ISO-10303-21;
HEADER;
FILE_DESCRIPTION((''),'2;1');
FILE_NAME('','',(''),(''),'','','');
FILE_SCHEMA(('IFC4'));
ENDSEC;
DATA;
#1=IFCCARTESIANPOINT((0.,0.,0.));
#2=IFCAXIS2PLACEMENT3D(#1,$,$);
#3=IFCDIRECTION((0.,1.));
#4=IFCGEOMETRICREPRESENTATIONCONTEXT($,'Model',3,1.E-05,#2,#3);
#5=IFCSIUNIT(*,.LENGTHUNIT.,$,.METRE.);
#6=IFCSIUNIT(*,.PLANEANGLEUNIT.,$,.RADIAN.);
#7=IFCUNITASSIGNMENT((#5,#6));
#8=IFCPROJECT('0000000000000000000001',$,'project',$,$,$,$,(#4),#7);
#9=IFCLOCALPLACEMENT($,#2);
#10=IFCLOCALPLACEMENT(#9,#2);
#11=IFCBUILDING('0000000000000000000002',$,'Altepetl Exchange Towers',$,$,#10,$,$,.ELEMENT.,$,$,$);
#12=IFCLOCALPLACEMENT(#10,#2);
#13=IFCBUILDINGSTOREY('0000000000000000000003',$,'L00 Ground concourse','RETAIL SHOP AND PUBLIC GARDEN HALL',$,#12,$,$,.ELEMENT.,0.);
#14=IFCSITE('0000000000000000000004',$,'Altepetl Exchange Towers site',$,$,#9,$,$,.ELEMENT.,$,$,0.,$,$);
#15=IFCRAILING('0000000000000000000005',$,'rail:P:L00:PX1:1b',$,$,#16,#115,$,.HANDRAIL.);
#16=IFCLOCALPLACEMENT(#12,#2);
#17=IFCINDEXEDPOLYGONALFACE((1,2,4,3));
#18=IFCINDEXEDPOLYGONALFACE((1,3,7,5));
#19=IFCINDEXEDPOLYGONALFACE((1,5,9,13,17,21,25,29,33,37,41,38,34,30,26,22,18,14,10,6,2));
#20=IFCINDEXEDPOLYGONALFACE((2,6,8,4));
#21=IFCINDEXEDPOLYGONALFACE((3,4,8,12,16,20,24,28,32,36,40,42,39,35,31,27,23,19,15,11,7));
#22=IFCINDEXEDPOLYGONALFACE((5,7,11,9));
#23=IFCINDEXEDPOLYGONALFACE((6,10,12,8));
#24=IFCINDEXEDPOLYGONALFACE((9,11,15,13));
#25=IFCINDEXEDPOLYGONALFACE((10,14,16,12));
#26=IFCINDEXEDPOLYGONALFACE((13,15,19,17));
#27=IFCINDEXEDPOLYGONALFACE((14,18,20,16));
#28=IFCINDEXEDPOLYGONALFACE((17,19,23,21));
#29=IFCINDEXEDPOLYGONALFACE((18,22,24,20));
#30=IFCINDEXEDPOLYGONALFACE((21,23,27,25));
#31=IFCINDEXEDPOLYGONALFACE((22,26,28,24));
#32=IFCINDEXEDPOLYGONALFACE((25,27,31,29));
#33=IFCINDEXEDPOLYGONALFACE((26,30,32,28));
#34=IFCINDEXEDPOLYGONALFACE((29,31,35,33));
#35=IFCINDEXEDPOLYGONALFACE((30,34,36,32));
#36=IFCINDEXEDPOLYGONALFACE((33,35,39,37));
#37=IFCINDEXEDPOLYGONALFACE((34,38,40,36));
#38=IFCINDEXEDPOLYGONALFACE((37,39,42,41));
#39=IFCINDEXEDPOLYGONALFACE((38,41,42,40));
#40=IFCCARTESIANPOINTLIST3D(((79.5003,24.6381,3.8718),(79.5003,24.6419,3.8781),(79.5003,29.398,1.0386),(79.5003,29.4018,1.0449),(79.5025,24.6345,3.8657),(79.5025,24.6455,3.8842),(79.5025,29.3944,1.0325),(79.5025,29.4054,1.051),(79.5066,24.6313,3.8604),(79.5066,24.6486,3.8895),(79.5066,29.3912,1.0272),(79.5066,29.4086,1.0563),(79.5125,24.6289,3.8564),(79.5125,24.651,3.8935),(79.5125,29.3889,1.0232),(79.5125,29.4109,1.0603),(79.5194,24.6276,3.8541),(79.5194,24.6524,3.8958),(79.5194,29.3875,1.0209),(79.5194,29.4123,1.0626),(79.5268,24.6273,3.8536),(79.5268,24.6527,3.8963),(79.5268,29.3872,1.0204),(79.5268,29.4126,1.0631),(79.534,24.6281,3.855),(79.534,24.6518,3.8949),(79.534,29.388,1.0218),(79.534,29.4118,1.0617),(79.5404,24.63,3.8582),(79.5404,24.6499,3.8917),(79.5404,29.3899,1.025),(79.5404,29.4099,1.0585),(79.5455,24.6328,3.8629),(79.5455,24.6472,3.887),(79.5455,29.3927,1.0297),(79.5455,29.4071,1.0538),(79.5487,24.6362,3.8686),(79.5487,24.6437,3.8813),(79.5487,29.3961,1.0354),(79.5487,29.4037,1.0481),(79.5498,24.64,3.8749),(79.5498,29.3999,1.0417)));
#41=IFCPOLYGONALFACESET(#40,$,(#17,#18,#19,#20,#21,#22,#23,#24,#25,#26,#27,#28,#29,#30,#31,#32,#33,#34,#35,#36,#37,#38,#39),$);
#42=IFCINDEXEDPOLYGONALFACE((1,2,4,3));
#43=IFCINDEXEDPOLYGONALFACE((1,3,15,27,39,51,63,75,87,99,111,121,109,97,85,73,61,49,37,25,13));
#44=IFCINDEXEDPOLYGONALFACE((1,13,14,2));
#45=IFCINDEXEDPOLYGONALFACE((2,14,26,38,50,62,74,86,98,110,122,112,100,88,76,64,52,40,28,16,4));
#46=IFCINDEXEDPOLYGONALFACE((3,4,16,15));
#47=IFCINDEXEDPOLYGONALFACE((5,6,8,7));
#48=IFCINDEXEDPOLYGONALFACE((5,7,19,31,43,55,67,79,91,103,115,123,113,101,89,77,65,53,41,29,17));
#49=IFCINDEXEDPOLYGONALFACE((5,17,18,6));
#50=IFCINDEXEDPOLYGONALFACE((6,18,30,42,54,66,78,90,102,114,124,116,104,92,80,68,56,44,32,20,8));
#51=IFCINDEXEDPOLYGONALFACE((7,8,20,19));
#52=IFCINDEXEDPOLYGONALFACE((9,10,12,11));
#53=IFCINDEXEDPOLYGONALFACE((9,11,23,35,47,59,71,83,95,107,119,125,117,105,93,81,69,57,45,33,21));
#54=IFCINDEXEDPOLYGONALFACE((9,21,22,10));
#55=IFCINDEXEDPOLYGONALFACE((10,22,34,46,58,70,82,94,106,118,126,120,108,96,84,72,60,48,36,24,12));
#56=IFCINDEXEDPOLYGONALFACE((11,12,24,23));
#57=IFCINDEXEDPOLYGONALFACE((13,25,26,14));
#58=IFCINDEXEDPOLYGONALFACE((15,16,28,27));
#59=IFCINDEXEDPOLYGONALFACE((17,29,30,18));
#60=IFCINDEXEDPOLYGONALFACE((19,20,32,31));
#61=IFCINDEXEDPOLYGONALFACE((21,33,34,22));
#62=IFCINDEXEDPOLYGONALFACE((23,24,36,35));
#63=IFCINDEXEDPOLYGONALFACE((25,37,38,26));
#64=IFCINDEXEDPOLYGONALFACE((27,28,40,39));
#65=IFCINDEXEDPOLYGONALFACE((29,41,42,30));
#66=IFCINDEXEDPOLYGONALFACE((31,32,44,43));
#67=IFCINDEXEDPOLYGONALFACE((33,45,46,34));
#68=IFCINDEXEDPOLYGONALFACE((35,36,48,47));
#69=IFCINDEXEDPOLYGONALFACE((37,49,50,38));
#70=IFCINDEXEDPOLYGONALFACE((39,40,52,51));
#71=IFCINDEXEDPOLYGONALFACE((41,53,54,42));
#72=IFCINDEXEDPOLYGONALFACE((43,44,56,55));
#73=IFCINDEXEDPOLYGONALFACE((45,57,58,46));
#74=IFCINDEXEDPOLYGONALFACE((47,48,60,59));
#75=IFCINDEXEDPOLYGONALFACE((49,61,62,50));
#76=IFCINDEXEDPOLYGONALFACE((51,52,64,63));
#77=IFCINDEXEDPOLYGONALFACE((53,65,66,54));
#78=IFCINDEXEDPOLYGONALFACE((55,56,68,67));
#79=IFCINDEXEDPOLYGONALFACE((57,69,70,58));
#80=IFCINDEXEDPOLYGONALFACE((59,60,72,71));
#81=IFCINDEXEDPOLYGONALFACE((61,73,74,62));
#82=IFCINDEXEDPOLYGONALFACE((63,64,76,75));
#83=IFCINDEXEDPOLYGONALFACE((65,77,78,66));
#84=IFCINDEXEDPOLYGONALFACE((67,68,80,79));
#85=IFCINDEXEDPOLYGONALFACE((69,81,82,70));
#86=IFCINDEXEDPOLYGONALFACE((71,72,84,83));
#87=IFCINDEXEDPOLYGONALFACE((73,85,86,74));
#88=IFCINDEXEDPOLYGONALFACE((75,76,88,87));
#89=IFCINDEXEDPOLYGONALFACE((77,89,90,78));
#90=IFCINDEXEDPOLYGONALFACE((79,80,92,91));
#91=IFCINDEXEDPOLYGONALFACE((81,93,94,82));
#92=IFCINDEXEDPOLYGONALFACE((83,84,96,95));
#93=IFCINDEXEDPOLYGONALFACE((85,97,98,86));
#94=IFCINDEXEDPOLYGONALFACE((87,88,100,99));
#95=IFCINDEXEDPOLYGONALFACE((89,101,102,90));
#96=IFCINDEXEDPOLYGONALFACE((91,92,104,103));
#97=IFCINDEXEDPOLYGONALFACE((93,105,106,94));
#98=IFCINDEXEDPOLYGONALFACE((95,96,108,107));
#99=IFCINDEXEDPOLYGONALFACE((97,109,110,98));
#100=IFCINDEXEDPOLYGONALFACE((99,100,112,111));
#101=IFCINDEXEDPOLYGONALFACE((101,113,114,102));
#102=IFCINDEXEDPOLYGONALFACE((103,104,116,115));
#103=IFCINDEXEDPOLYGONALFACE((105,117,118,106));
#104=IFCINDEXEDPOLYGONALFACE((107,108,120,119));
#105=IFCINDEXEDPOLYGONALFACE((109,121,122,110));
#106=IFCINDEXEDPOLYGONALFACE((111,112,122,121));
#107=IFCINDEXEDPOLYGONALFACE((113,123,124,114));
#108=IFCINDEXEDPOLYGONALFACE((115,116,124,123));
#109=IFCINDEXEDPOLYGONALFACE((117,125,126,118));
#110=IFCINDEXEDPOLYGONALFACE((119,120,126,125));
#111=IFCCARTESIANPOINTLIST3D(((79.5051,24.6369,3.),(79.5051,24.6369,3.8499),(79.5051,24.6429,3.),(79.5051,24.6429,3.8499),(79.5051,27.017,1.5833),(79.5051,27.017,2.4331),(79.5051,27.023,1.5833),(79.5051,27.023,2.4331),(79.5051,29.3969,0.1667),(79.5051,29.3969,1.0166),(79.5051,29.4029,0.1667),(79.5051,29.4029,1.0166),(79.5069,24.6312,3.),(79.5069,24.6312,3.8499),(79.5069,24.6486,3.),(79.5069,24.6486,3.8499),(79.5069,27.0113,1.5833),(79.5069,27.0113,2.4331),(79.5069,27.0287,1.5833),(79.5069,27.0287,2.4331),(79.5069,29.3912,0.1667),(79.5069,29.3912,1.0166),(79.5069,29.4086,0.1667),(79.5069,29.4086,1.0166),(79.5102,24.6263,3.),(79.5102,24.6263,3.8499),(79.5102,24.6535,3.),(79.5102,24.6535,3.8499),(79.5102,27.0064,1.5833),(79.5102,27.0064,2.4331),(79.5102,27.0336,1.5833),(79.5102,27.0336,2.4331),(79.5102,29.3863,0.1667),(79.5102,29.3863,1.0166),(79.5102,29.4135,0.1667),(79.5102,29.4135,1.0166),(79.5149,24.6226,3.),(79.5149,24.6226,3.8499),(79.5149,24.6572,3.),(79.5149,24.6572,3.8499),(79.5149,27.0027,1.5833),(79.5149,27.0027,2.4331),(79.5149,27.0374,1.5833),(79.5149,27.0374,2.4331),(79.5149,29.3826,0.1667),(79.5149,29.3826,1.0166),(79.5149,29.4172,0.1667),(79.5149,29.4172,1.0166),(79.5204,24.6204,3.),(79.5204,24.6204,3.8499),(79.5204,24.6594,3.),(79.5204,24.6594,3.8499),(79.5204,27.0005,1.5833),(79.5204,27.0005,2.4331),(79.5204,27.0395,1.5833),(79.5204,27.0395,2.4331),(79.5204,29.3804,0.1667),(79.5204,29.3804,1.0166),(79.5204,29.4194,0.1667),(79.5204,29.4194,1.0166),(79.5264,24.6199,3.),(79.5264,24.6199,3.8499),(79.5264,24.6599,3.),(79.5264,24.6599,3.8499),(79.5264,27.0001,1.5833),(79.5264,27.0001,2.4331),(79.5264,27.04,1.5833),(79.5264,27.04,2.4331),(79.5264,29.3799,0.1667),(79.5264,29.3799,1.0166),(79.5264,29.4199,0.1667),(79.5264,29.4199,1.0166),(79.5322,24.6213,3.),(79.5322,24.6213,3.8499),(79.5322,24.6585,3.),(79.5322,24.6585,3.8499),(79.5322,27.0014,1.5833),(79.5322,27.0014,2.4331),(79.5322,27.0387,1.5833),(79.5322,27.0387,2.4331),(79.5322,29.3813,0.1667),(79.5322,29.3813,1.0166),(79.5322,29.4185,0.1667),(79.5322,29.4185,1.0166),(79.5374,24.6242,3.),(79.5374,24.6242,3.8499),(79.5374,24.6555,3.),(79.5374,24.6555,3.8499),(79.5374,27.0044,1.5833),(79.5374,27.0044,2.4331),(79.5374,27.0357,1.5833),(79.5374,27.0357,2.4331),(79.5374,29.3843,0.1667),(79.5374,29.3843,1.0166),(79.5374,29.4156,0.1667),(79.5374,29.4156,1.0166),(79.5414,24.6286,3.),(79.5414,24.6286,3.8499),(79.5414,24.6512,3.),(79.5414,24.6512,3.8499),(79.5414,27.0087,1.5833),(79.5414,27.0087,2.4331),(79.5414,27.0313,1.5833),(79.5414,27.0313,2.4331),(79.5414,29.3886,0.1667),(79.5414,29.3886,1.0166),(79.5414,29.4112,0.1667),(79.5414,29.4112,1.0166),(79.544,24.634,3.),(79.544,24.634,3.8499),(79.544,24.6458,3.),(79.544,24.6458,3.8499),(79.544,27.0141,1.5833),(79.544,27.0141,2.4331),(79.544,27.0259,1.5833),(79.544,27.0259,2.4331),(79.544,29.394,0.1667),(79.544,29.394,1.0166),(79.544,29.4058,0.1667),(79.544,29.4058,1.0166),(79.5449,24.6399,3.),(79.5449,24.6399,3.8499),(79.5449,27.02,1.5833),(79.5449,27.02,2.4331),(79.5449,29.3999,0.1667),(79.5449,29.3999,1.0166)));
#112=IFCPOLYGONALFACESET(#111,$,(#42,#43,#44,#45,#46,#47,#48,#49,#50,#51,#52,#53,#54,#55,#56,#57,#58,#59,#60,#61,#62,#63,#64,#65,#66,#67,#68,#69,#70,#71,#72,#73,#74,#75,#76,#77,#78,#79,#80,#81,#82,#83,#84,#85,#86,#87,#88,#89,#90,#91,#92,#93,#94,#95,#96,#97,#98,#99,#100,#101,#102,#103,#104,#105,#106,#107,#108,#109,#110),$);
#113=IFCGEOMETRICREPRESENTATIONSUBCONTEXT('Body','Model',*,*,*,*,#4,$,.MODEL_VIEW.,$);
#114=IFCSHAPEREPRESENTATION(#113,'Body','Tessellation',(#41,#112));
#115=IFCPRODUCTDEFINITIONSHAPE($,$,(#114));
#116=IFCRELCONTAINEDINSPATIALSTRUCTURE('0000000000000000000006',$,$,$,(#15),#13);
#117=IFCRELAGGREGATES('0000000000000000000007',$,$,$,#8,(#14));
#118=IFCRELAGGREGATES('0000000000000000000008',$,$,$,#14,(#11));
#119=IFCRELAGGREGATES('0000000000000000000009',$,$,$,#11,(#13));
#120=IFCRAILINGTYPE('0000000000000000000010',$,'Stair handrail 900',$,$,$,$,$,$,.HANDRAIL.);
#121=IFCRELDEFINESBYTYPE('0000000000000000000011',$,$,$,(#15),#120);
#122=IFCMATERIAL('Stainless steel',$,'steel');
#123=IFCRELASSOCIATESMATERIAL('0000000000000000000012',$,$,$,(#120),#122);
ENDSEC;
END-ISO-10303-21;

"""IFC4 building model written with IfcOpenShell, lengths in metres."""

from ifc_helpers import new_model, si_unit, direction, frame, origin, origin_2d, place, context, subcontext, project, spatial, circle, extrude, source, transform, mapped, material, type_object, element, save


model = new_model("IFC4")

# Units and contexts
model_context = context("Model", 3, precision=1e-05, world=origin(), true_north=direction((0.0, 1.0)))
body_context = subcontext(model_context, "Body", "Model", "MODEL_VIEW")
ifc_project = project(units=[si_unit("LENGTHUNIT", "METRE"), si_unit("PLANEANGLEUNIT", "RADIAN")], contexts=[model_context])

# Site, building, storey
site_placement = place(None, origin())
site = spatial("IfcSite", under=ifc_project, at=site_placement, Name="Altepetl Exchange Towers site", CompositionType="ELEMENT", RefElevation=0.0)
building_placement = place(site_placement, origin())
building = spatial("IfcBuilding", under=site, at=building_placement, Name="Altepetl Exchange Towers", CompositionType="ELEMENT")
storey_placement = place(building_placement, origin())
storey = spatial("IfcBuildingStorey", under=building, at=storey_placement, Name="L00 Ground concourse", Description="RETAIL SHOP AND PUBLIC GARDEN HALL", CompositionType="ELEMENT", Elevation=0.0)

# Railing
ifc_material_1 = material(Name="Stainless steel", Category="steel")
railing_type_1 = type_object("IfcRailingType", Name="Stair handrail 900", PredefinedType="HANDRAIL", material=ifc_material_1)
shared_shape_1 = source(origin(), body_context, "Body", "SweptSolid", [
    extrude(circle(Radius=0.02, at=origin_2d()), origin(), (0.0, 0.0, 1.0), 0.8499),
])
railing_1_placement = place(storey_placement, frame((79.5249, 29.3999, 0.1667)))
element("IfcRailing", 1, at=railing_1_placement, inside=storey, type_object=railing_type_1, Name="rail:P:L00:PX1:1b", PredefinedType="HANDRAIL", context=body_context, shape_type="SweptSolid", body=[
    extrude(circle(Radius=0.0249, at=origin_2d()), frame((0.0, 0.0, 0.875), z_axis=(0.0, -0.8593, 0.511472), x_axis=(1.0, 0.0, 0.0)), (0.0, 0.0, 1.0), 5.5393),
    mapped(shared_shape_1, transform((0.0, 0.0, 0.0))),
    mapped(shared_shape_1, transform((0.0, -2.3799, 1.4165))),
    mapped(shared_shape_1, transform((0.0, -4.76, 2.8333))),
])

save(model, "model.ifc")
